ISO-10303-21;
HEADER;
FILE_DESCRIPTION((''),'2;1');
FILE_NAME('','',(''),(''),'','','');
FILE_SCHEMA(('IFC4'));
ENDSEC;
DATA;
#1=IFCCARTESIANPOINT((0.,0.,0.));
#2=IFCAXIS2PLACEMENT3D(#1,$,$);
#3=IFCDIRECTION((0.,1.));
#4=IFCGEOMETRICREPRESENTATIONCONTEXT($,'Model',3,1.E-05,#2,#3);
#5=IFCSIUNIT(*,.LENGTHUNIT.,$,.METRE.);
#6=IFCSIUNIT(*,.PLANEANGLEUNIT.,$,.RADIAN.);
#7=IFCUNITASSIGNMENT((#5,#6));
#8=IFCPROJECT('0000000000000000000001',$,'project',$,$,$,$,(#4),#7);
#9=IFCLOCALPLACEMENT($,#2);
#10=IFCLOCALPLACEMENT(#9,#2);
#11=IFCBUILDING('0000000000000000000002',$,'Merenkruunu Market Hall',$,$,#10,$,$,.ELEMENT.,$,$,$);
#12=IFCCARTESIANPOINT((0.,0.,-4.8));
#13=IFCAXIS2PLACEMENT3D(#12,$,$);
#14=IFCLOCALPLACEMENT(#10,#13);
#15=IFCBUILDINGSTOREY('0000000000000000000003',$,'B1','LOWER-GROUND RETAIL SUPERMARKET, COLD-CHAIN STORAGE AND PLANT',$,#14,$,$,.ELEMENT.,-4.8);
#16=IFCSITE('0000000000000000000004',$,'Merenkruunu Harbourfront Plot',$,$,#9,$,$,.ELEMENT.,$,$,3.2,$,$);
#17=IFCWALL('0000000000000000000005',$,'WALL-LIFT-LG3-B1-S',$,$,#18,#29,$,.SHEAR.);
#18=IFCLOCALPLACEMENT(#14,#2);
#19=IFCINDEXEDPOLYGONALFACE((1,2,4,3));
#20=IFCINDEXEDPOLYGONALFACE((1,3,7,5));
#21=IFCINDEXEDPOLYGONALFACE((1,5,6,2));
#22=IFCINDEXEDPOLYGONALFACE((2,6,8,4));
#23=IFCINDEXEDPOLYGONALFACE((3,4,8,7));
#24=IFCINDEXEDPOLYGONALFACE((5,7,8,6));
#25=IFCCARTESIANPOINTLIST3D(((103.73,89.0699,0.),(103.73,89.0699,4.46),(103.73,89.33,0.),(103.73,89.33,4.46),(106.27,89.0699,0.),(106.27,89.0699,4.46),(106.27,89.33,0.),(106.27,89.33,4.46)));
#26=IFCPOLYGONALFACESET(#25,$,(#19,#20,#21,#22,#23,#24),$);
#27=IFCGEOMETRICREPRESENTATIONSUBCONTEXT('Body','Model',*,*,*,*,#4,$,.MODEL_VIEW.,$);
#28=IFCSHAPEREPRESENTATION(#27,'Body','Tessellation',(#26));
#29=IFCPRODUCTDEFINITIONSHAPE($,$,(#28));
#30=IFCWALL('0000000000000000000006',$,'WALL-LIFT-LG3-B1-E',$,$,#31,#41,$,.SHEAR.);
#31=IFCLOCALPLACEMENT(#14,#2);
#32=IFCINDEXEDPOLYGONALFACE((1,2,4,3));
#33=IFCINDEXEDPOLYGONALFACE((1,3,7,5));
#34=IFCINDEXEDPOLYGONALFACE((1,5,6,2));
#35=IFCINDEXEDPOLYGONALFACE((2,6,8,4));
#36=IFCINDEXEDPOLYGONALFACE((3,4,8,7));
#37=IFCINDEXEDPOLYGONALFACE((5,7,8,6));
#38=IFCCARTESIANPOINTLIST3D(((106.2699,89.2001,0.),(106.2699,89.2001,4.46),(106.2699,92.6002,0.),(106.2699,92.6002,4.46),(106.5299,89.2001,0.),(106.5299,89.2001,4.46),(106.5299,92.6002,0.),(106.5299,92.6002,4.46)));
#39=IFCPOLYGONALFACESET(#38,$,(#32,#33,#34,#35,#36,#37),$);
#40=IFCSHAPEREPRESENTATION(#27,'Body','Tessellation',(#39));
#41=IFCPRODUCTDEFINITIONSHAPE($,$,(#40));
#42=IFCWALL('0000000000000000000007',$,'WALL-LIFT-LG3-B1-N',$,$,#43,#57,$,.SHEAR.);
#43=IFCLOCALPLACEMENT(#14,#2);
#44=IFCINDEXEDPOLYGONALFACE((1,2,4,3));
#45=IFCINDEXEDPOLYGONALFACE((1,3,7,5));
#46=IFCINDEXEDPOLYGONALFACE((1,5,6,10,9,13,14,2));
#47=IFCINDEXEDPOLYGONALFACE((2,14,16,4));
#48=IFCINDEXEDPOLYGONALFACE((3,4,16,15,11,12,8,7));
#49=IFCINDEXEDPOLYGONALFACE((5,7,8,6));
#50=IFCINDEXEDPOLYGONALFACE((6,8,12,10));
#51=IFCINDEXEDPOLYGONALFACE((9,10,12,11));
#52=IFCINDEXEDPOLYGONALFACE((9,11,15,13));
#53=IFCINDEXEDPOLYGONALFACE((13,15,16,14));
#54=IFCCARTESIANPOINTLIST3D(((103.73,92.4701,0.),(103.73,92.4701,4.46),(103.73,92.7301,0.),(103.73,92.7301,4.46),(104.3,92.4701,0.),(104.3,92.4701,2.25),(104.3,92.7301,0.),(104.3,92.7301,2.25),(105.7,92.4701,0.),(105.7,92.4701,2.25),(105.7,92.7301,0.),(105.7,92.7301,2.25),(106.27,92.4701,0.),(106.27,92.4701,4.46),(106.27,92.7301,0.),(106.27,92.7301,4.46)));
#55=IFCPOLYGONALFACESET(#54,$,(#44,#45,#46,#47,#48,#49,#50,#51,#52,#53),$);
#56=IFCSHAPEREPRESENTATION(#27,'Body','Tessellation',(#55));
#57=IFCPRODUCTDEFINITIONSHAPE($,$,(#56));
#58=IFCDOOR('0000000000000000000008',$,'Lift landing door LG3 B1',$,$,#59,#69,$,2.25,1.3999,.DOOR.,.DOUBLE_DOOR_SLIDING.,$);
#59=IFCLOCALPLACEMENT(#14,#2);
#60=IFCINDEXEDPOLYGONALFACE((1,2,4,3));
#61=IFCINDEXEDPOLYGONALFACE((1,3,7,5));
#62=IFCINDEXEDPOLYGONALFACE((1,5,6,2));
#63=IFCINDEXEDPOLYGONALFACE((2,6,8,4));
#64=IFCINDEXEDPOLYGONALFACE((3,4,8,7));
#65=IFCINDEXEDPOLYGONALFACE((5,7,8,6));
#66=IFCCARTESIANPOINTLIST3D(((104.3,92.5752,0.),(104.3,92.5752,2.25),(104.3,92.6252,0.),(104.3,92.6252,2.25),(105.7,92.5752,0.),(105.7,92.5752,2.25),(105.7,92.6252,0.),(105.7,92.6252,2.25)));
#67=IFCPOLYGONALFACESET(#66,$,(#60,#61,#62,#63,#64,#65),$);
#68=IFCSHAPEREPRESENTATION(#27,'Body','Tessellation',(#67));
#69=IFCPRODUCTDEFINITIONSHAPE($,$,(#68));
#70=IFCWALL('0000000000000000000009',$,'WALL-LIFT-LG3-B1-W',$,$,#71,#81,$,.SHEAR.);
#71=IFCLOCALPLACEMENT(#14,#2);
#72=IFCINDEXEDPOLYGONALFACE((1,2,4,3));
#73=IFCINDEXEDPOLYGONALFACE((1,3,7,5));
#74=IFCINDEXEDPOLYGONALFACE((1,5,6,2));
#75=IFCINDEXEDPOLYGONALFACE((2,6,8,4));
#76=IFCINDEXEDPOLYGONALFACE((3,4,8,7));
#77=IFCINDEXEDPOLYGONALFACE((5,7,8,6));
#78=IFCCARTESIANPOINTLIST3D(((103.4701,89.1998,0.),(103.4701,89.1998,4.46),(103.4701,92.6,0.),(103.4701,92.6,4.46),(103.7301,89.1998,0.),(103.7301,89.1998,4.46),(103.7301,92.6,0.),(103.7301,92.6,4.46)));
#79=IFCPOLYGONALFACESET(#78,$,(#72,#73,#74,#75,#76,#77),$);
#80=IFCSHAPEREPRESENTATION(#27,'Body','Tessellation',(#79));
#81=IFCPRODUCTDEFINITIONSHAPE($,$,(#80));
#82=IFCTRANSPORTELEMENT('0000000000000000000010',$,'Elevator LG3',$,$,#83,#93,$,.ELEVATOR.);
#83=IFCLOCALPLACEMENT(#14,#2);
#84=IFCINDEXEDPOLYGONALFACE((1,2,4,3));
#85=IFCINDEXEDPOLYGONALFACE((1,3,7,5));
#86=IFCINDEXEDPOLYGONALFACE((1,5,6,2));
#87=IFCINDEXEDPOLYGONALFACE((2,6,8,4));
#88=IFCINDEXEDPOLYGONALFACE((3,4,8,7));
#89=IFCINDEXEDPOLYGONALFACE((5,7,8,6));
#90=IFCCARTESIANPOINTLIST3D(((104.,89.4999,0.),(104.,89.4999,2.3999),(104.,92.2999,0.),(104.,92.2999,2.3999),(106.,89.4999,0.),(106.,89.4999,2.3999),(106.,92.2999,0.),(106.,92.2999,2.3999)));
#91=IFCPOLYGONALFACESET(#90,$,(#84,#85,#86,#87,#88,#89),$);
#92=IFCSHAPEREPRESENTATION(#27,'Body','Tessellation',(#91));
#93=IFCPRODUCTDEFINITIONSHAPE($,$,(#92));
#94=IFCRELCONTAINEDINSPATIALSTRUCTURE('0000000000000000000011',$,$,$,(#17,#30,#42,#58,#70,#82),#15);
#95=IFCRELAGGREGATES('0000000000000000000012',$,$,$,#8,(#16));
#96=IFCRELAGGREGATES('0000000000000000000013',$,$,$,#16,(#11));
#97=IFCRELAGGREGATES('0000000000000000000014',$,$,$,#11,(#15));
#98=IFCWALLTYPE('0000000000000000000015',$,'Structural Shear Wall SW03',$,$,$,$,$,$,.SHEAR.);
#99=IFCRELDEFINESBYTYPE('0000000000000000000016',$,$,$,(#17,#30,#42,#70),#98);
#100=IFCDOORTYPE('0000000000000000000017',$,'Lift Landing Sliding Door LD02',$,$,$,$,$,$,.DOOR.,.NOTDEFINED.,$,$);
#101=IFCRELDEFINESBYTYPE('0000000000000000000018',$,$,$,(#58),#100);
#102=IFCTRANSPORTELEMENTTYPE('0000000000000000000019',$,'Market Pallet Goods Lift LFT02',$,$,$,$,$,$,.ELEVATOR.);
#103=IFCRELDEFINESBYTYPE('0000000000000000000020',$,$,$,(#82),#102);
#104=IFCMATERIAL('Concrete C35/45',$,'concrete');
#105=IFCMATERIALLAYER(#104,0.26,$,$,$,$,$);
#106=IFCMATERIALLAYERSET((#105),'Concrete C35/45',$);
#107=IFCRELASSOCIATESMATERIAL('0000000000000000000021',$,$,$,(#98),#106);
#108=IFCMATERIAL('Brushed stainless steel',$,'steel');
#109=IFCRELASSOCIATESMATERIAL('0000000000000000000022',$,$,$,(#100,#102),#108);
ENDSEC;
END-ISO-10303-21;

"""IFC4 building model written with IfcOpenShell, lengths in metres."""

from ifc_helpers import new_model, si_unit, direction, frame, frame_2d, origin, origin_2d, place, context, subcontext, project, spatial, rectangle, extrude, material, layer, layer_set, type_object, element, fill, save


model = new_model("IFC4")

# Units and contexts
model_context = context("Model", 3, precision=1e-05, world=origin(), true_north=direction((0.0, 1.0)))
body_context = subcontext(model_context, "Body", "Model", "MODEL_VIEW")
ifc_project = project(units=[si_unit("LENGTHUNIT", "METRE"), si_unit("PLANEANGLEUNIT", "RADIAN")], contexts=[model_context])

# Site, building, storey
site_placement = place(None, origin())
site = spatial("IfcSite", under=ifc_project, at=site_placement, Name="Merenkruunu Harbourfront Plot", CompositionType="ELEMENT", RefElevation=3.2)
building_placement = place(site_placement, origin())
building = spatial("IfcBuilding", under=site, at=building_placement, Name="Merenkruunu Market Hall", CompositionType="ELEMENT")
storey_placement = place(building_placement, frame((0.0, 0.0, -4.8)))
storey = spatial("IfcBuildingStorey", under=building, at=storey_placement, Name="B1", Description="LOWER-GROUND RETAIL SUPERMARKET, COLD-CHAIN STORAGE AND PLANT", CompositionType="ELEMENT", Elevation=-4.8)

# Shared definitions
ifc_material_1 = material(Name="Concrete C35/45", Category="concrete")

# Walls
ifc_layer_1 = layer(ifc_material_1, 0.26)
ifc_layer_set_1 = layer_set([ifc_layer_1], Name="Concrete C35/45")
wall_type_1 = type_object("IfcWallType", Name="Structural Shear Wall SW03", PredefinedType="SHEAR", material=ifc_layer_set_1)
wall_1_placement = place(storey_placement, frame((103.73, 89.2, 0.0), z_axis=(0.0, 0.0, 1.0), x_axis=(1.0, 0.0, 0.0)))
element("IfcWall", 1, at=wall_1_placement, inside=storey, type_object=wall_type_1, Name="WALL-LIFT-LG3-B1-S", PredefinedType="SHEAR", context=body_context, shape_type="SweptSolid", body=[
    extrude(rectangle(XDim=2.54, YDim=0.26, at=frame_2d((1.27, 0.0))), origin(), (0.0, 0.0, 1.0), 4.46),
])
wall_2_placement = place(storey_placement, frame((106.3999, 89.2, 0.0), z_axis=(0.0, 0.0, 1.0), x_axis=(0.0, 1.0, 0.0)))
element("IfcWall", 2, at=wall_2_placement, inside=storey, type_object=wall_type_1, Name="WALL-LIFT-LG3-B1-E", PredefinedType="SHEAR", context=body_context, shape_type="SweptSolid", body=[
    extrude(rectangle(XDim=3.4001, YDim=0.26, at=frame_2d((1.7002, 0.0))), origin(), (0.0, 0.0, 1.0), 4.46),
])

# Wall, opening, door
wall_3_placement = place(storey_placement, frame((106.27, 92.6001, 0.0), z_axis=(0.0, 0.0, 1.0), x_axis=(-1.0, 0.0, 0.0)))
wall_3 = element("IfcWall", 3, at=wall_3_placement, inside=storey, type_object=wall_type_1, Name="WALL-LIFT-LG3-B1-N", PredefinedType="SHEAR", context=body_context, shape_type="SweptSolid", body=[
    extrude(rectangle(XDim=2.54, YDim=0.26, at=frame_2d((1.27, 0.0))), origin(), (0.0, 0.0, 1.0), 4.46),
])
opening_placement = place(wall_3_placement, frame((0.5701, 0.0, 0.0)))
opening = element("IfcOpeningElement", 4, at=opening_placement, cuts=wall_3, PredefinedType="OPENING", context=body_context, shape_type="SweptSolid", body=[
    extrude(rectangle(XDim=1.3999, YDim=2.25, at=frame_2d((0.7, 1.125))), frame((0.0, 0.1401, 0.0), z_axis=(0.0, -1.0, 0.0), x_axis=(1.0, 0.0, 0.0)), (0.0, 0.0, 1.0), 0.28),
])
ifc_material_2 = material(Name="Brushed stainless steel", Category="steel")
door_type = type_object("IfcDoorType", Name="Lift Landing Sliding Door LD02", OperationType="NOTDEFINED", PredefinedType="DOOR", material=ifc_material_2)
door_placement = place(opening_placement, origin())
door = element("IfcDoor", 5, at=door_placement, inside=storey, type_object=door_type, Name="Lift landing door LG3 B1", OperationType="DOUBLE_DOOR_SLIDING", OverallHeight=2.25, OverallWidth=1.3999, PredefinedType="DOOR", context=body_context, shape_type="SweptSolid", body=[
    extrude(rectangle(XDim=1.3999, YDim=2.25, at=frame_2d((0.7, 1.125))), frame((0.0, 0.0249, 0.0), z_axis=(0.0, -1.0, 0.0), x_axis=(1.0, 0.0, 0.0)), (0.0, 0.0, 1.0), 0.05),
])
fill(opening, door)

# Wall
wall_4_placement = place(storey_placement, frame((103.6001, 92.6001, 0.0), z_axis=(0.0, 0.0, 1.0), x_axis=(0.0, -1.0, 0.0)))
element("IfcWall", 6, at=wall_4_placement, inside=storey, type_object=wall_type_1, Name="WALL-LIFT-LG3-B1-W", PredefinedType="SHEAR", context=body_context, shape_type="SweptSolid", body=[
    extrude(rectangle(XDim=3.4001, YDim=0.26, at=frame_2d((1.7002, 0.0))), origin(), (0.0, 0.0, 1.0), 4.46),
])

# Transport element
transport_element_type = type_object("IfcTransportElementType", Name="Market Pallet Goods Lift LFT02", PredefinedType="ELEVATOR", material=ifc_material_2)
transport_element_placement = place(storey_placement, frame((105.0, 90.8999, 0.0), z_axis=(0.0, 0.0, 1.0), x_axis=(1.0, 0.0, 0.0)))
element("IfcTransportElement", 7, at=transport_element_placement, inside=storey, type_object=transport_element_type, Name="Elevator LG3", PredefinedType="ELEVATOR", context=body_context, shape_type="SweptSolid", body=[
    extrude(rectangle(XDim=2.0, YDim=2.8, at=origin_2d()), origin(), (0.0, 0.0, 1.0), 2.3999),
])

save(model, "model.ifc")
